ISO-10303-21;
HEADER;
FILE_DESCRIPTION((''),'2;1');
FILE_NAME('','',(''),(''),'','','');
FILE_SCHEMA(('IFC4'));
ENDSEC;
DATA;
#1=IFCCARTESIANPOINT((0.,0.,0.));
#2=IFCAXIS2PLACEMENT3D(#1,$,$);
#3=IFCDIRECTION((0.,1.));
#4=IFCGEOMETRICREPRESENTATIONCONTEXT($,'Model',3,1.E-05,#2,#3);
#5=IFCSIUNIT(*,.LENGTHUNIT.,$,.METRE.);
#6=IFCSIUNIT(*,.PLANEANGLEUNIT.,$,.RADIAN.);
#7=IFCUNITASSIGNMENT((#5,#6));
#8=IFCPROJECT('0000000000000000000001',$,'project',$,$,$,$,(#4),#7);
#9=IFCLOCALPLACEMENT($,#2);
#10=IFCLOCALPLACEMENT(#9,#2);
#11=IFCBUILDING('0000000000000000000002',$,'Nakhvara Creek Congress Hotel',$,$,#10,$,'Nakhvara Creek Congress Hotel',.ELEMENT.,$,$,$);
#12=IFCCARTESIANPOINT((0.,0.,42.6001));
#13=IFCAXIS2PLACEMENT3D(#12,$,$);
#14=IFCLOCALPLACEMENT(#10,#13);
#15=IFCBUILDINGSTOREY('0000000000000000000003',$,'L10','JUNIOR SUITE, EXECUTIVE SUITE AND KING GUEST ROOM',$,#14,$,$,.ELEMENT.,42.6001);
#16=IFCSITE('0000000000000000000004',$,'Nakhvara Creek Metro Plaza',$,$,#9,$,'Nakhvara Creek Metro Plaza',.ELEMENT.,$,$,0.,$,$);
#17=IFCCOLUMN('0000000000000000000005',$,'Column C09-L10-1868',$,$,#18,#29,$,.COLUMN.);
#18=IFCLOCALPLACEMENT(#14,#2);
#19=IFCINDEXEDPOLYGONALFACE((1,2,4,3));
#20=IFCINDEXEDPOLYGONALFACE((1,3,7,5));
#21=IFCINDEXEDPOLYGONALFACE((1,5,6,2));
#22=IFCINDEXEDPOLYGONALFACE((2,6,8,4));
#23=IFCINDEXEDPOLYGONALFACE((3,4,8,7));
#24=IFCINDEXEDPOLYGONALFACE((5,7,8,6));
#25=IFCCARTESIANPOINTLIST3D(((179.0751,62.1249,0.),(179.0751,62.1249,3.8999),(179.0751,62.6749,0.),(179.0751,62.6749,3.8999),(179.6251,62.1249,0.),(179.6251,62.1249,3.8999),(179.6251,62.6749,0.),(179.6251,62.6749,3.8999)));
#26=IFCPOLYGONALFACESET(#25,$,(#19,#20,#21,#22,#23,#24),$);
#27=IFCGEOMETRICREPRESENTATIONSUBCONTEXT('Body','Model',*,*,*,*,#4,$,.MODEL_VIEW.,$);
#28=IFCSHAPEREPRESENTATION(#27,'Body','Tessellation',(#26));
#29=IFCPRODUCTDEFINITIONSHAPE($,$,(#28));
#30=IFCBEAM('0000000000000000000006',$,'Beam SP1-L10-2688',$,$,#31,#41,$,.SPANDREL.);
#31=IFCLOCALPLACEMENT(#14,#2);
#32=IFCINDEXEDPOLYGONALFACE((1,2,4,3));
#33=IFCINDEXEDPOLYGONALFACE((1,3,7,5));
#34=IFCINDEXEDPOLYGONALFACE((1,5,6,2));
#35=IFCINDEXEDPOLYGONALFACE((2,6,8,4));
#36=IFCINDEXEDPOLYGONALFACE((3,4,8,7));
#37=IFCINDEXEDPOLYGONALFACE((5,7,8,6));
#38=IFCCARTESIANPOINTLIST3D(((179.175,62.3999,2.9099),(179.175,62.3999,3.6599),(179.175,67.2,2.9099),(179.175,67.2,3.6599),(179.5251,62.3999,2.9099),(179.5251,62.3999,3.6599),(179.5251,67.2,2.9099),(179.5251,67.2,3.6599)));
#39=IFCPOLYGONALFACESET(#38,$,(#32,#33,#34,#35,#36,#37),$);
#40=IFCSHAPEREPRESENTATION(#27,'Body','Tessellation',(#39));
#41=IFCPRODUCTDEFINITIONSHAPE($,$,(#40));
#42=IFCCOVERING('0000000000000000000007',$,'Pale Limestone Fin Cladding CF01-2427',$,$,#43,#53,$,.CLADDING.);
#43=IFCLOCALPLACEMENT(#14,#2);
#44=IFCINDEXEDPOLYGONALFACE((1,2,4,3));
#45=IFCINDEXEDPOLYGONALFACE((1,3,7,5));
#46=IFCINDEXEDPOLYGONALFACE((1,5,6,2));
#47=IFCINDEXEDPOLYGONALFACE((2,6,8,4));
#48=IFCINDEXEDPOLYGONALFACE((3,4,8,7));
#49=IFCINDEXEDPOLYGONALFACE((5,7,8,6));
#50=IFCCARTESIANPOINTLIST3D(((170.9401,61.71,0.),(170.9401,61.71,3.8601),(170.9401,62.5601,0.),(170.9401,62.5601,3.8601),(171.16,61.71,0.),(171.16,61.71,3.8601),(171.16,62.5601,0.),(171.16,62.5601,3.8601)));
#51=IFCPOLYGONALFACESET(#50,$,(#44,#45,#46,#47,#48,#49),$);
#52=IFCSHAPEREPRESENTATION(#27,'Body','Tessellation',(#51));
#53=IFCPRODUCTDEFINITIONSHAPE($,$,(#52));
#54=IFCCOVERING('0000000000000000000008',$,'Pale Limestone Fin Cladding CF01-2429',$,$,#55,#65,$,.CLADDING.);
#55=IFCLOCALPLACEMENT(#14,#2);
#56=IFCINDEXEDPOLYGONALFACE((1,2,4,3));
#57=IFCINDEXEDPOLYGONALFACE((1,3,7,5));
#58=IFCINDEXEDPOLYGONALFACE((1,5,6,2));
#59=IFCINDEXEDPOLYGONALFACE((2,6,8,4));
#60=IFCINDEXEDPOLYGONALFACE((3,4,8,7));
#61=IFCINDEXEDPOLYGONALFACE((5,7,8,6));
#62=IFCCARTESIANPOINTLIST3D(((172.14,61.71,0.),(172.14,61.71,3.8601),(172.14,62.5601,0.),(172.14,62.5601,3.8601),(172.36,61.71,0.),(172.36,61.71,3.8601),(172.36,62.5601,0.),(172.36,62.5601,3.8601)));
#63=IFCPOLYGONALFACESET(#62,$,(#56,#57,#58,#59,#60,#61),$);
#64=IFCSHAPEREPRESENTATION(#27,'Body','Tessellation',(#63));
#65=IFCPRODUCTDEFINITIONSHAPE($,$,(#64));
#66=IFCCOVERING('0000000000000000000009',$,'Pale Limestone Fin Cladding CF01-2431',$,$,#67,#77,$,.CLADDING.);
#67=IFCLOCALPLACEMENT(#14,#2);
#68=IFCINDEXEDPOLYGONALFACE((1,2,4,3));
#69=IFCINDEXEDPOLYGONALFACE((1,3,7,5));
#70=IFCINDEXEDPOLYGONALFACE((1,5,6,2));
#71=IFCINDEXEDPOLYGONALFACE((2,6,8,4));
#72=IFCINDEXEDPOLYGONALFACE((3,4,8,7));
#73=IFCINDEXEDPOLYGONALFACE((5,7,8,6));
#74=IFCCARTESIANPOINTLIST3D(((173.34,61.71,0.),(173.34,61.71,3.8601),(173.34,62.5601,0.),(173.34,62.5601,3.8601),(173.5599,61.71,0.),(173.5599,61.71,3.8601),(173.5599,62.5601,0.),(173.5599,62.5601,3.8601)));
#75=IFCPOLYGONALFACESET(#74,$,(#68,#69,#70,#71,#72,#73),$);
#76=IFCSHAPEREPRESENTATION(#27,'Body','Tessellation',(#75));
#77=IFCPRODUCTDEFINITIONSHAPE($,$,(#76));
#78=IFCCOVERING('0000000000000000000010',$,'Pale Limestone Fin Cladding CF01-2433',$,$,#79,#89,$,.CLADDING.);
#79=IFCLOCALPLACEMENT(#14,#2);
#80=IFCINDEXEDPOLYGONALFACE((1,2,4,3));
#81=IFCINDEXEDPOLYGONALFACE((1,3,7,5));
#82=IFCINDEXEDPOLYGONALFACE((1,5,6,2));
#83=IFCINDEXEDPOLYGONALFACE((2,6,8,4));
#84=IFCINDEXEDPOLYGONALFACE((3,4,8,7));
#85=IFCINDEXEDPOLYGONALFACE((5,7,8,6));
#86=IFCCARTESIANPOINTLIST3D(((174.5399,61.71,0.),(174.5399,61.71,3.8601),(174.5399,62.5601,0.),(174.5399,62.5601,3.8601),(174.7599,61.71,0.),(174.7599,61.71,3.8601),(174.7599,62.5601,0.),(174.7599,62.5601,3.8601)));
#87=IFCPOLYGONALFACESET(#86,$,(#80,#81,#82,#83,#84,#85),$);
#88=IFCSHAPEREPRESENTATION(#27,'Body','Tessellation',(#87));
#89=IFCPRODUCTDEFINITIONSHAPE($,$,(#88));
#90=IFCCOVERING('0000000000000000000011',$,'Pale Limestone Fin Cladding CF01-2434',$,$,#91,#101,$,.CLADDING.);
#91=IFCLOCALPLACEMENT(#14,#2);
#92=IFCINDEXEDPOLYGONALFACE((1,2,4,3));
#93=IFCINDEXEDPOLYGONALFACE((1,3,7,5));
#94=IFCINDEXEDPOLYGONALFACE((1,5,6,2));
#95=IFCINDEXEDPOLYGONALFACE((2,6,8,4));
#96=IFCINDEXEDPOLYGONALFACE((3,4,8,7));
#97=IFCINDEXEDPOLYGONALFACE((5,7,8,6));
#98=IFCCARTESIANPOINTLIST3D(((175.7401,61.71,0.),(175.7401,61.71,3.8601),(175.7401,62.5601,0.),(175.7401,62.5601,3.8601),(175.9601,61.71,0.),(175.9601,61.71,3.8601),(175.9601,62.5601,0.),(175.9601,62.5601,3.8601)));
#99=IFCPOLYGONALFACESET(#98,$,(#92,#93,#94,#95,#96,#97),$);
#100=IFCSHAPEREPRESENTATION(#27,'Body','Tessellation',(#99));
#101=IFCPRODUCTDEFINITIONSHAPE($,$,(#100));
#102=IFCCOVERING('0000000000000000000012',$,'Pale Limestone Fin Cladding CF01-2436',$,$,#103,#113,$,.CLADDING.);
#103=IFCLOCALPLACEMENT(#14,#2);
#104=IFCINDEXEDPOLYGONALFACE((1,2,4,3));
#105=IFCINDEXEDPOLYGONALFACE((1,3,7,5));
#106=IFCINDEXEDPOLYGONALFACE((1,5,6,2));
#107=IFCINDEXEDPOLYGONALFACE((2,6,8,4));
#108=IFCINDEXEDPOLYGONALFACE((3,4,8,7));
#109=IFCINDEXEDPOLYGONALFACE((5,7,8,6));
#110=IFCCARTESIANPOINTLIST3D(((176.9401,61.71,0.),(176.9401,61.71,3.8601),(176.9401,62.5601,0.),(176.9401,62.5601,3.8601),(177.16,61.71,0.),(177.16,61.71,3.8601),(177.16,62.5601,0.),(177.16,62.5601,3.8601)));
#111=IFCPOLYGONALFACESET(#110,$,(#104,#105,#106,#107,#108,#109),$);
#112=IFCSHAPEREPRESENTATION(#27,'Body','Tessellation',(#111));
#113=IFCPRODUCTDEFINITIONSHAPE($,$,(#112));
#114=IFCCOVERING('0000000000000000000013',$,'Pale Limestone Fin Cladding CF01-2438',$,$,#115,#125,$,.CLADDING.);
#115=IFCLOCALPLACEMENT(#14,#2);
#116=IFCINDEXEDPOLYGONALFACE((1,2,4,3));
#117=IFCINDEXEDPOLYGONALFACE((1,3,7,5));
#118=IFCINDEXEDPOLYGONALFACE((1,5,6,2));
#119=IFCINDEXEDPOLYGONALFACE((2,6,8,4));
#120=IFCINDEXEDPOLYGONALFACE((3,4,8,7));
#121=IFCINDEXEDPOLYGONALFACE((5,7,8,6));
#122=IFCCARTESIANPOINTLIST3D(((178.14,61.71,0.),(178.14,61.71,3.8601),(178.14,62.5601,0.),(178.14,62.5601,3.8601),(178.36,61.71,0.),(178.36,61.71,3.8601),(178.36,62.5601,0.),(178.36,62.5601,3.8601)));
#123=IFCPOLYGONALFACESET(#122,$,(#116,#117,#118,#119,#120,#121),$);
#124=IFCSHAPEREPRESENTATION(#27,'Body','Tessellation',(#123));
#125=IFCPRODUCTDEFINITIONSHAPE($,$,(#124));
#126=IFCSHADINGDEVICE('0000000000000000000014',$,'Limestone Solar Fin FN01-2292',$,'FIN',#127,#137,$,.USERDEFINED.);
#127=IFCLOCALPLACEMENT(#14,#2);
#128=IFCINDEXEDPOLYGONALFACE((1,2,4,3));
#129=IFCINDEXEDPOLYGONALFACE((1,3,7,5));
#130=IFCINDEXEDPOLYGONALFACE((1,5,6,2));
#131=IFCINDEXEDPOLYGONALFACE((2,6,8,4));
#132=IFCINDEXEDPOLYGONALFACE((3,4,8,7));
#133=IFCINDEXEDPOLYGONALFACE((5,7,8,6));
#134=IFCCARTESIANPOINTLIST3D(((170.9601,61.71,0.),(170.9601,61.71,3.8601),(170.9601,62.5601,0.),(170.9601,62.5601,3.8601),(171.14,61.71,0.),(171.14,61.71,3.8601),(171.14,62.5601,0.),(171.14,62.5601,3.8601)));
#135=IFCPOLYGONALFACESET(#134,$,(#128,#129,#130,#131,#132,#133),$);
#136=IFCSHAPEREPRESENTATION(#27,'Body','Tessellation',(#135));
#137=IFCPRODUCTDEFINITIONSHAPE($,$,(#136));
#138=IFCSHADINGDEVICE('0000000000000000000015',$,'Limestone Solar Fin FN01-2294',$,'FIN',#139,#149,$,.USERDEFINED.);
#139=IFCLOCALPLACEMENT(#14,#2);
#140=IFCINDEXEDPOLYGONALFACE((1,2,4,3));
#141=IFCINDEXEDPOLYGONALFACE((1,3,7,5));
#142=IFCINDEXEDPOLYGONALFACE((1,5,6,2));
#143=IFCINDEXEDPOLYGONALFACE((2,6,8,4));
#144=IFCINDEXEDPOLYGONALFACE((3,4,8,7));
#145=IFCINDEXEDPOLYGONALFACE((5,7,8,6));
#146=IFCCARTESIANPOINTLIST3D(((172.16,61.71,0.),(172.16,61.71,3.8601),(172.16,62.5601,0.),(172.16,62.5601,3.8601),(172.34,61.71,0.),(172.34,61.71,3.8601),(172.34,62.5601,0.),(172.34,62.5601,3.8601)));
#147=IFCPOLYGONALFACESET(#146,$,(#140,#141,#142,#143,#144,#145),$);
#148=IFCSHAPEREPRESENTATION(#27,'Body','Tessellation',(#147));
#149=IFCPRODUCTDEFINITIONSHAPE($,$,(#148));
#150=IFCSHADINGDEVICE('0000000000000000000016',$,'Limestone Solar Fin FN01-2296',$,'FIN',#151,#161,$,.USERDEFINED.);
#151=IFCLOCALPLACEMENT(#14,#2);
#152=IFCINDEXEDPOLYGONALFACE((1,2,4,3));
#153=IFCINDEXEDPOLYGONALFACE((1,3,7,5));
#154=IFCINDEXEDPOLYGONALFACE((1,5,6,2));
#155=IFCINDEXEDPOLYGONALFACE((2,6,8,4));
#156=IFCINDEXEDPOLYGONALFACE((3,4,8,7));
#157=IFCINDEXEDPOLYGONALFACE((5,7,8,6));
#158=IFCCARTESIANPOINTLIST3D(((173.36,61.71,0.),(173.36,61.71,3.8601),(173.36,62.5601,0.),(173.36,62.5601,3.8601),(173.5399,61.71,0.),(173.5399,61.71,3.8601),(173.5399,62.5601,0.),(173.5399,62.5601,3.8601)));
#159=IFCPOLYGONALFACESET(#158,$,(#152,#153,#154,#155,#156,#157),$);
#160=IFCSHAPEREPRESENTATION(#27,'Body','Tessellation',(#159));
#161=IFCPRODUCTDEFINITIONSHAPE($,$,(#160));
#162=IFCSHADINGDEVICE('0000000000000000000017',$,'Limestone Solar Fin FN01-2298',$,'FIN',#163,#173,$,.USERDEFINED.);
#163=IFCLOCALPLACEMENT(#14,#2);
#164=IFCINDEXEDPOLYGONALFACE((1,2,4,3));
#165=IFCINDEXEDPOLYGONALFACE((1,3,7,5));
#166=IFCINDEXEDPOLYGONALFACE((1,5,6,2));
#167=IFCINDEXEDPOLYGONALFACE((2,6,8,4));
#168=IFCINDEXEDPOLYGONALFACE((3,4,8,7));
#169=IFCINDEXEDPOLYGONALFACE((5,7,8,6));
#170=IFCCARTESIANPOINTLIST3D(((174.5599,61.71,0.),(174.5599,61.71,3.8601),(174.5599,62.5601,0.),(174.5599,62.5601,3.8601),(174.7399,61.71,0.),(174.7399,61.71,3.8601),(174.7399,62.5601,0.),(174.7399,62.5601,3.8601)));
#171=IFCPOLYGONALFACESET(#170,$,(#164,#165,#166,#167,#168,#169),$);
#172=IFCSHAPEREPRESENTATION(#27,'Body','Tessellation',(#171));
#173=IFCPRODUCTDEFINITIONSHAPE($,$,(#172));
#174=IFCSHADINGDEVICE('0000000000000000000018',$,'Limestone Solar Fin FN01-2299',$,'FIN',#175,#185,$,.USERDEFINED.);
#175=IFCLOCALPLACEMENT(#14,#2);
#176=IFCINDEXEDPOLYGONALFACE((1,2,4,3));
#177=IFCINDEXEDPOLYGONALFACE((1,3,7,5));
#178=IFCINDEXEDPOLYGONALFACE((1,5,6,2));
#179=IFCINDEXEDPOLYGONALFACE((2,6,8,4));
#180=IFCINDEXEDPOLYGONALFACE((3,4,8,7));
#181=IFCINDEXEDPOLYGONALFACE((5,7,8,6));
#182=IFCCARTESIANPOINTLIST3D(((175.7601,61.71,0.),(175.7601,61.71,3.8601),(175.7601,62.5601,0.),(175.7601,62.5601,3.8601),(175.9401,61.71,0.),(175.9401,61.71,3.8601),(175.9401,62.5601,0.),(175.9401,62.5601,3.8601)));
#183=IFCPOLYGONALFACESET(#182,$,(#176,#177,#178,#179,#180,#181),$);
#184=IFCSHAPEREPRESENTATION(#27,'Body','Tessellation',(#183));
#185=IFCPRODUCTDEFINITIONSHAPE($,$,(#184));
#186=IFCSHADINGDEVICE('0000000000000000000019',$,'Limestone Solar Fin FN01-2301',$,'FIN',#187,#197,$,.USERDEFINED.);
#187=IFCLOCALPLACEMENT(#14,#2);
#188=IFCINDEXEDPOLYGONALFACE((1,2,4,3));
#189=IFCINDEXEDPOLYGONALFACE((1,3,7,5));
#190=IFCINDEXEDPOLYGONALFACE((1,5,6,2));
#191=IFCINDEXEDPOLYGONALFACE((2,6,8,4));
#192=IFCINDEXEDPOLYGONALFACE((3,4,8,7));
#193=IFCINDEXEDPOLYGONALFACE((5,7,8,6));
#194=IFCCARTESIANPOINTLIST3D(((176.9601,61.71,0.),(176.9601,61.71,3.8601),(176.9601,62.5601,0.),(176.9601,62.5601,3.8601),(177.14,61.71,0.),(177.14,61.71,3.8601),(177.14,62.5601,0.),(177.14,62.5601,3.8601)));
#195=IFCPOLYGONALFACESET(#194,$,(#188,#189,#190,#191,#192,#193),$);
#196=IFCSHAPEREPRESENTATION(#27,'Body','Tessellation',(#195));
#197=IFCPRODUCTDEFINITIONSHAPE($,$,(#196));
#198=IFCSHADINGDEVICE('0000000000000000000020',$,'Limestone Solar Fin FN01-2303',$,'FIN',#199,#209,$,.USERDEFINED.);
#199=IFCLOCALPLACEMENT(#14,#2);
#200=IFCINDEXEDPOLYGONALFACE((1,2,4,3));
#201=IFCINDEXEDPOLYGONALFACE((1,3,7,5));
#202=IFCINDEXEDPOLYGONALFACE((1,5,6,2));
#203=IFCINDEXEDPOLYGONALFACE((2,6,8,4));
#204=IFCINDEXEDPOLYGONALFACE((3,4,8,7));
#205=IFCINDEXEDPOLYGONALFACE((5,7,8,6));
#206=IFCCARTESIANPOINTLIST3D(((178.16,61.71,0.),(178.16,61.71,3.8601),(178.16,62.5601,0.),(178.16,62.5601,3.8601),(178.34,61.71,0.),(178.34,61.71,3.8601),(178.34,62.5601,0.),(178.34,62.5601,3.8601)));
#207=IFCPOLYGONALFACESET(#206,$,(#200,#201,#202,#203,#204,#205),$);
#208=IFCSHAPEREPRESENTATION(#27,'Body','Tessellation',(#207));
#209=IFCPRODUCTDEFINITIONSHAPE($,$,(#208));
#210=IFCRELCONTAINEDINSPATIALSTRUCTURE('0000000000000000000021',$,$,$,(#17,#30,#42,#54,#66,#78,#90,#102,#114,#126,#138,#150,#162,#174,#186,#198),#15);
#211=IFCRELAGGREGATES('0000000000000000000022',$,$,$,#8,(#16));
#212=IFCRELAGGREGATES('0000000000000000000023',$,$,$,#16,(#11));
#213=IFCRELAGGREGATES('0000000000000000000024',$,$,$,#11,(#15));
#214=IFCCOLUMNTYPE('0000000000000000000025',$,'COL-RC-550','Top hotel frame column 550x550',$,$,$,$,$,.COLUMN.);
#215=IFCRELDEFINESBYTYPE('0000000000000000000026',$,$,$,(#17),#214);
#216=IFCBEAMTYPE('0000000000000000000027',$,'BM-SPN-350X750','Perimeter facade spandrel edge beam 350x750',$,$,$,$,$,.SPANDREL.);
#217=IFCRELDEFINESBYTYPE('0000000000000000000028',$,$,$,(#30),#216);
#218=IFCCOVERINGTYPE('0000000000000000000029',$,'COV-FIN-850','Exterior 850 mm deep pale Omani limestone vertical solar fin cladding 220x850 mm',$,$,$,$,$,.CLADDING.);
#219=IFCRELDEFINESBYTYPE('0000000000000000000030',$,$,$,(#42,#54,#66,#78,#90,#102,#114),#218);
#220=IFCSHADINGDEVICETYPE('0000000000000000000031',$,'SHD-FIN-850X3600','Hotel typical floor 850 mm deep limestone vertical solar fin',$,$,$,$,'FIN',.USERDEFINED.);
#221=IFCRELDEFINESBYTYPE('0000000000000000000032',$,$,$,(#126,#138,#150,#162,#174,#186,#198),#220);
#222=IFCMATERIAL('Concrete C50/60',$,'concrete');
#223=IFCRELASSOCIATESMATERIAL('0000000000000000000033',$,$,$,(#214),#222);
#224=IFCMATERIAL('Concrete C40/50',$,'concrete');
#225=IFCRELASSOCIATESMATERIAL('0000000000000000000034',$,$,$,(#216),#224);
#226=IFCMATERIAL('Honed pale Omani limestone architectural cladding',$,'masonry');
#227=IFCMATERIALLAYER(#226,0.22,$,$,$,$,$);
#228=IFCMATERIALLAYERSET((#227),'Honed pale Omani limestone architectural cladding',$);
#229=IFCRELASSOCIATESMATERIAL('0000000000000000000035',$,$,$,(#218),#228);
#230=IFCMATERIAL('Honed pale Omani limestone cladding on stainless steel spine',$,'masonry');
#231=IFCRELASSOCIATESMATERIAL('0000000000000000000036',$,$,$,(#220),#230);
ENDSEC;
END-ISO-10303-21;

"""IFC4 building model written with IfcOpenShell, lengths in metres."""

from ifc_helpers import new_model, si_unit, direction, frame, origin, origin_2d, place, context, subcontext, project, spatial, rectangle, extrude, material, layer, layer_set, material_profile, profile_set, type_object, element, save


model = new_model("IFC4")

# Units and contexts
model_context = context("Model", 3, precision=1e-05, world=origin(), true_north=direction((0.0, 1.0)))
body_context = subcontext(model_context, "Body", "Model", "MODEL_VIEW")
ifc_project = project(units=[si_unit("LENGTHUNIT", "METRE"), si_unit("PLANEANGLEUNIT", "RADIAN")], contexts=[model_context])

# Site, building, storey
site_placement = place(None, origin())
site = spatial("IfcSite", under=ifc_project, at=site_placement, Name="Nakhvara Creek Metro Plaza", LongName="Nakhvara Creek Metro Plaza", CompositionType="ELEMENT", RefElevation=0.0)
building_placement = place(site_placement, origin())
building = spatial("IfcBuilding", under=site, at=building_placement, Name="Nakhvara Creek Congress Hotel", LongName="Nakhvara Creek Congress Hotel", CompositionType="ELEMENT")
storey_placement = place(building_placement, frame((0.0, 0.0, 42.6001)))
storey = spatial("IfcBuildingStorey", under=building, at=storey_placement, Name="L10", Description="JUNIOR SUITE, EXECUTIVE SUITE AND KING GUEST ROOM", CompositionType="ELEMENT", Elevation=42.6001)

# Column
ifc_material_1 = material(Name="Concrete C50/60", Category="concrete")
ifc_material_profile_1 = material_profile(ifc_material_1, rectangle(XDim=0.55, YDim=0.55, at=origin_2d()), Name="RC-COL 550x550", Category="LoadBearing")
ifc_profile_set_1 = profile_set([ifc_material_profile_1], Name="Concrete C50/60")
column_type = type_object("IfcColumnType", Name="COL-RC-550", Description="Top hotel frame column 550x550", PredefinedType="COLUMN", material=ifc_profile_set_1)
column_placement = place(storey_placement, frame((179.3501, 62.3999, 0.0), z_axis=(0.0, 0.0, 1.0), x_axis=(1.0, 0.0, 0.0)))
element("IfcColumn", 1, at=column_placement, inside=storey, type_object=column_type, Name="Column C09-L10-1868", PredefinedType="COLUMN", context=body_context, shape_type="SweptSolid", body=[
    extrude(rectangle(XDim=0.55, YDim=0.55, at=origin_2d()), origin(), (0.0, 0.0, 1.0), 3.8999),
])

# Beam
ifc_material_2 = material(Name="Concrete C40/50", Category="concrete")
ifc_material_profile_2 = material_profile(ifc_material_2, rectangle(XDim=0.3501, YDim=0.75, at=origin_2d()), Name="RC-SPANDREL 350x750", Category="LoadBearing")
ifc_profile_set_2 = profile_set([ifc_material_profile_2], Name="Concrete C40/50")
beam_type = type_object("IfcBeamType", Name="BM-SPN-350X750", Description="Perimeter facade spandrel edge beam 350x750", PredefinedType="SPANDREL", material=ifc_profile_set_2)
beam_placement = place(storey_placement, frame((179.3501, 62.3999, 3.2849), z_axis=(0.0, 1.0, 0.0), x_axis=(-1.0, 0.0, 0.0)))
element("IfcBeam", 2, at=beam_placement, inside=storey, type_object=beam_type, Name="Beam SP1-L10-2688", PredefinedType="SPANDREL", context=body_context, shape_type="SweptSolid", body=[
    extrude(rectangle(XDim=0.3501, YDim=0.75, at=origin_2d()), origin(), (0.0, 0.0, 1.0), 4.8),
])

# Coverings
ifc_material_3 = material(Name="Honed pale Omani limestone architectural cladding", Category="masonry")
ifc_layer = layer(ifc_material_3, 0.22)
ifc_layer_set = layer_set([ifc_layer], Name="Honed pale Omani limestone architectural cladding")
covering_type = type_object("IfcCoveringType", Name="COV-FIN-850", Description="Exterior 850 mm deep pale Omani limestone vertical solar fin cladding 220x850 mm", PredefinedType="CLADDING", material=ifc_layer_set)
for number, where, z_axis, x_axis, name in (
    (3, (171.05, 62.135, 0.0), (0.0, 0.0, 1.0), (1.0, 0.0, 0.0), "Pale Limestone Fin Cladding CF01-2427"),
    (4, (172.25, 62.135, 0.0), (0.0, 0.0, 1.0), (1.0, 0.0, 0.0), "Pale Limestone Fin Cladding CF01-2429"),
    (5, (173.45, 62.135, 0.0), (0.0, 0.0, 1.0), (1.0, 0.0, 0.0), "Pale Limestone Fin Cladding CF01-2431"),
    (6, (174.6499, 62.135, 0.0), (0.0, 0.0, 1.0), (1.0, 0.0, 0.0), "Pale Limestone Fin Cladding CF01-2433"),
    (7, (175.8501, 62.135, 0.0), (0.0, 0.0, 1.0), (1.0, 0.0, 0.0), "Pale Limestone Fin Cladding CF01-2434"),
    (8, (177.05, 62.135, 0.0), (0.0, 0.0, 1.0), (1.0, 0.0, 0.0), "Pale Limestone Fin Cladding CF01-2436"),
    (9, (178.25, 62.135, 0.0), (0.0, 0.0, 1.0), (1.0, 0.0, 0.0), "Pale Limestone Fin Cladding CF01-2438"),
):
    element("IfcCovering", number, at=place(storey_placement, frame(where, z_axis=z_axis, x_axis=x_axis)), inside=storey, type_object=covering_type, Name=name, PredefinedType="CLADDING", context=body_context, shape_type="SweptSolid", body=[
        extrude(rectangle(XDim=0.22, YDim=0.8501, at=origin_2d()), origin(), (0.0, 0.0, 1.0), 3.8601),
    ])

# Shading devices
ifc_material_4 = material(Name="Honed pale Omani limestone cladding on stainless steel spine", Category="masonry")
shading_device_type = type_object("IfcShadingDeviceType", Name="SHD-FIN-850X3600", Description="Hotel typical floor 850 mm deep limestone vertical solar fin", ElementType="FIN", PredefinedType="USERDEFINED", material=ifc_material_4)
for number, where, z_axis, x_axis, name in (
    (10, (171.05, 62.135, 0.0), (0.0, 0.0, 1.0), (1.0, 0.0, 0.0), "Limestone Solar Fin FN01-2292"),
    (11, (172.25, 62.135, 0.0), (0.0, 0.0, 1.0), (1.0, 0.0, 0.0), "Limestone Solar Fin FN01-2294"),
    (12, (173.45, 62.135, 0.0), (0.0, 0.0, 1.0), (1.0, 0.0, 0.0), "Limestone Solar Fin FN01-2296"),
    (13, (174.6499, 62.135, 0.0), (0.0, 0.0, 1.0), (1.0, 0.0, 0.0), "Limestone Solar Fin FN01-2298"),
    (14, (175.8501, 62.135, 0.0), (0.0, 0.0, 1.0), (1.0, 0.0, 0.0), "Limestone Solar Fin FN01-2299"),
    (15, (177.05, 62.135, 0.0), (0.0, 0.0, 1.0), (1.0, 0.0, 0.0), "Limestone Solar Fin FN01-2301"),
    (16, (178.25, 62.135, 0.0), (0.0, 0.0, 1.0), (1.0, 0.0, 0.0), "Limestone Solar Fin FN01-2303"),
):
    element("IfcShadingDevice", number, at=place(storey_placement, frame(where, z_axis=z_axis, x_axis=x_axis)), inside=storey, type_object=shading_device_type, Name=name, ObjectType="FIN", PredefinedType="USERDEFINED", context=body_context, shape_type="SweptSolid", body=[
        extrude(rectangle(XDim=0.1799, YDim=0.8501, at=origin_2d()), origin(), (0.0, 0.0, 1.0), 3.8601),
    ])

save(model, "model.ifc")
